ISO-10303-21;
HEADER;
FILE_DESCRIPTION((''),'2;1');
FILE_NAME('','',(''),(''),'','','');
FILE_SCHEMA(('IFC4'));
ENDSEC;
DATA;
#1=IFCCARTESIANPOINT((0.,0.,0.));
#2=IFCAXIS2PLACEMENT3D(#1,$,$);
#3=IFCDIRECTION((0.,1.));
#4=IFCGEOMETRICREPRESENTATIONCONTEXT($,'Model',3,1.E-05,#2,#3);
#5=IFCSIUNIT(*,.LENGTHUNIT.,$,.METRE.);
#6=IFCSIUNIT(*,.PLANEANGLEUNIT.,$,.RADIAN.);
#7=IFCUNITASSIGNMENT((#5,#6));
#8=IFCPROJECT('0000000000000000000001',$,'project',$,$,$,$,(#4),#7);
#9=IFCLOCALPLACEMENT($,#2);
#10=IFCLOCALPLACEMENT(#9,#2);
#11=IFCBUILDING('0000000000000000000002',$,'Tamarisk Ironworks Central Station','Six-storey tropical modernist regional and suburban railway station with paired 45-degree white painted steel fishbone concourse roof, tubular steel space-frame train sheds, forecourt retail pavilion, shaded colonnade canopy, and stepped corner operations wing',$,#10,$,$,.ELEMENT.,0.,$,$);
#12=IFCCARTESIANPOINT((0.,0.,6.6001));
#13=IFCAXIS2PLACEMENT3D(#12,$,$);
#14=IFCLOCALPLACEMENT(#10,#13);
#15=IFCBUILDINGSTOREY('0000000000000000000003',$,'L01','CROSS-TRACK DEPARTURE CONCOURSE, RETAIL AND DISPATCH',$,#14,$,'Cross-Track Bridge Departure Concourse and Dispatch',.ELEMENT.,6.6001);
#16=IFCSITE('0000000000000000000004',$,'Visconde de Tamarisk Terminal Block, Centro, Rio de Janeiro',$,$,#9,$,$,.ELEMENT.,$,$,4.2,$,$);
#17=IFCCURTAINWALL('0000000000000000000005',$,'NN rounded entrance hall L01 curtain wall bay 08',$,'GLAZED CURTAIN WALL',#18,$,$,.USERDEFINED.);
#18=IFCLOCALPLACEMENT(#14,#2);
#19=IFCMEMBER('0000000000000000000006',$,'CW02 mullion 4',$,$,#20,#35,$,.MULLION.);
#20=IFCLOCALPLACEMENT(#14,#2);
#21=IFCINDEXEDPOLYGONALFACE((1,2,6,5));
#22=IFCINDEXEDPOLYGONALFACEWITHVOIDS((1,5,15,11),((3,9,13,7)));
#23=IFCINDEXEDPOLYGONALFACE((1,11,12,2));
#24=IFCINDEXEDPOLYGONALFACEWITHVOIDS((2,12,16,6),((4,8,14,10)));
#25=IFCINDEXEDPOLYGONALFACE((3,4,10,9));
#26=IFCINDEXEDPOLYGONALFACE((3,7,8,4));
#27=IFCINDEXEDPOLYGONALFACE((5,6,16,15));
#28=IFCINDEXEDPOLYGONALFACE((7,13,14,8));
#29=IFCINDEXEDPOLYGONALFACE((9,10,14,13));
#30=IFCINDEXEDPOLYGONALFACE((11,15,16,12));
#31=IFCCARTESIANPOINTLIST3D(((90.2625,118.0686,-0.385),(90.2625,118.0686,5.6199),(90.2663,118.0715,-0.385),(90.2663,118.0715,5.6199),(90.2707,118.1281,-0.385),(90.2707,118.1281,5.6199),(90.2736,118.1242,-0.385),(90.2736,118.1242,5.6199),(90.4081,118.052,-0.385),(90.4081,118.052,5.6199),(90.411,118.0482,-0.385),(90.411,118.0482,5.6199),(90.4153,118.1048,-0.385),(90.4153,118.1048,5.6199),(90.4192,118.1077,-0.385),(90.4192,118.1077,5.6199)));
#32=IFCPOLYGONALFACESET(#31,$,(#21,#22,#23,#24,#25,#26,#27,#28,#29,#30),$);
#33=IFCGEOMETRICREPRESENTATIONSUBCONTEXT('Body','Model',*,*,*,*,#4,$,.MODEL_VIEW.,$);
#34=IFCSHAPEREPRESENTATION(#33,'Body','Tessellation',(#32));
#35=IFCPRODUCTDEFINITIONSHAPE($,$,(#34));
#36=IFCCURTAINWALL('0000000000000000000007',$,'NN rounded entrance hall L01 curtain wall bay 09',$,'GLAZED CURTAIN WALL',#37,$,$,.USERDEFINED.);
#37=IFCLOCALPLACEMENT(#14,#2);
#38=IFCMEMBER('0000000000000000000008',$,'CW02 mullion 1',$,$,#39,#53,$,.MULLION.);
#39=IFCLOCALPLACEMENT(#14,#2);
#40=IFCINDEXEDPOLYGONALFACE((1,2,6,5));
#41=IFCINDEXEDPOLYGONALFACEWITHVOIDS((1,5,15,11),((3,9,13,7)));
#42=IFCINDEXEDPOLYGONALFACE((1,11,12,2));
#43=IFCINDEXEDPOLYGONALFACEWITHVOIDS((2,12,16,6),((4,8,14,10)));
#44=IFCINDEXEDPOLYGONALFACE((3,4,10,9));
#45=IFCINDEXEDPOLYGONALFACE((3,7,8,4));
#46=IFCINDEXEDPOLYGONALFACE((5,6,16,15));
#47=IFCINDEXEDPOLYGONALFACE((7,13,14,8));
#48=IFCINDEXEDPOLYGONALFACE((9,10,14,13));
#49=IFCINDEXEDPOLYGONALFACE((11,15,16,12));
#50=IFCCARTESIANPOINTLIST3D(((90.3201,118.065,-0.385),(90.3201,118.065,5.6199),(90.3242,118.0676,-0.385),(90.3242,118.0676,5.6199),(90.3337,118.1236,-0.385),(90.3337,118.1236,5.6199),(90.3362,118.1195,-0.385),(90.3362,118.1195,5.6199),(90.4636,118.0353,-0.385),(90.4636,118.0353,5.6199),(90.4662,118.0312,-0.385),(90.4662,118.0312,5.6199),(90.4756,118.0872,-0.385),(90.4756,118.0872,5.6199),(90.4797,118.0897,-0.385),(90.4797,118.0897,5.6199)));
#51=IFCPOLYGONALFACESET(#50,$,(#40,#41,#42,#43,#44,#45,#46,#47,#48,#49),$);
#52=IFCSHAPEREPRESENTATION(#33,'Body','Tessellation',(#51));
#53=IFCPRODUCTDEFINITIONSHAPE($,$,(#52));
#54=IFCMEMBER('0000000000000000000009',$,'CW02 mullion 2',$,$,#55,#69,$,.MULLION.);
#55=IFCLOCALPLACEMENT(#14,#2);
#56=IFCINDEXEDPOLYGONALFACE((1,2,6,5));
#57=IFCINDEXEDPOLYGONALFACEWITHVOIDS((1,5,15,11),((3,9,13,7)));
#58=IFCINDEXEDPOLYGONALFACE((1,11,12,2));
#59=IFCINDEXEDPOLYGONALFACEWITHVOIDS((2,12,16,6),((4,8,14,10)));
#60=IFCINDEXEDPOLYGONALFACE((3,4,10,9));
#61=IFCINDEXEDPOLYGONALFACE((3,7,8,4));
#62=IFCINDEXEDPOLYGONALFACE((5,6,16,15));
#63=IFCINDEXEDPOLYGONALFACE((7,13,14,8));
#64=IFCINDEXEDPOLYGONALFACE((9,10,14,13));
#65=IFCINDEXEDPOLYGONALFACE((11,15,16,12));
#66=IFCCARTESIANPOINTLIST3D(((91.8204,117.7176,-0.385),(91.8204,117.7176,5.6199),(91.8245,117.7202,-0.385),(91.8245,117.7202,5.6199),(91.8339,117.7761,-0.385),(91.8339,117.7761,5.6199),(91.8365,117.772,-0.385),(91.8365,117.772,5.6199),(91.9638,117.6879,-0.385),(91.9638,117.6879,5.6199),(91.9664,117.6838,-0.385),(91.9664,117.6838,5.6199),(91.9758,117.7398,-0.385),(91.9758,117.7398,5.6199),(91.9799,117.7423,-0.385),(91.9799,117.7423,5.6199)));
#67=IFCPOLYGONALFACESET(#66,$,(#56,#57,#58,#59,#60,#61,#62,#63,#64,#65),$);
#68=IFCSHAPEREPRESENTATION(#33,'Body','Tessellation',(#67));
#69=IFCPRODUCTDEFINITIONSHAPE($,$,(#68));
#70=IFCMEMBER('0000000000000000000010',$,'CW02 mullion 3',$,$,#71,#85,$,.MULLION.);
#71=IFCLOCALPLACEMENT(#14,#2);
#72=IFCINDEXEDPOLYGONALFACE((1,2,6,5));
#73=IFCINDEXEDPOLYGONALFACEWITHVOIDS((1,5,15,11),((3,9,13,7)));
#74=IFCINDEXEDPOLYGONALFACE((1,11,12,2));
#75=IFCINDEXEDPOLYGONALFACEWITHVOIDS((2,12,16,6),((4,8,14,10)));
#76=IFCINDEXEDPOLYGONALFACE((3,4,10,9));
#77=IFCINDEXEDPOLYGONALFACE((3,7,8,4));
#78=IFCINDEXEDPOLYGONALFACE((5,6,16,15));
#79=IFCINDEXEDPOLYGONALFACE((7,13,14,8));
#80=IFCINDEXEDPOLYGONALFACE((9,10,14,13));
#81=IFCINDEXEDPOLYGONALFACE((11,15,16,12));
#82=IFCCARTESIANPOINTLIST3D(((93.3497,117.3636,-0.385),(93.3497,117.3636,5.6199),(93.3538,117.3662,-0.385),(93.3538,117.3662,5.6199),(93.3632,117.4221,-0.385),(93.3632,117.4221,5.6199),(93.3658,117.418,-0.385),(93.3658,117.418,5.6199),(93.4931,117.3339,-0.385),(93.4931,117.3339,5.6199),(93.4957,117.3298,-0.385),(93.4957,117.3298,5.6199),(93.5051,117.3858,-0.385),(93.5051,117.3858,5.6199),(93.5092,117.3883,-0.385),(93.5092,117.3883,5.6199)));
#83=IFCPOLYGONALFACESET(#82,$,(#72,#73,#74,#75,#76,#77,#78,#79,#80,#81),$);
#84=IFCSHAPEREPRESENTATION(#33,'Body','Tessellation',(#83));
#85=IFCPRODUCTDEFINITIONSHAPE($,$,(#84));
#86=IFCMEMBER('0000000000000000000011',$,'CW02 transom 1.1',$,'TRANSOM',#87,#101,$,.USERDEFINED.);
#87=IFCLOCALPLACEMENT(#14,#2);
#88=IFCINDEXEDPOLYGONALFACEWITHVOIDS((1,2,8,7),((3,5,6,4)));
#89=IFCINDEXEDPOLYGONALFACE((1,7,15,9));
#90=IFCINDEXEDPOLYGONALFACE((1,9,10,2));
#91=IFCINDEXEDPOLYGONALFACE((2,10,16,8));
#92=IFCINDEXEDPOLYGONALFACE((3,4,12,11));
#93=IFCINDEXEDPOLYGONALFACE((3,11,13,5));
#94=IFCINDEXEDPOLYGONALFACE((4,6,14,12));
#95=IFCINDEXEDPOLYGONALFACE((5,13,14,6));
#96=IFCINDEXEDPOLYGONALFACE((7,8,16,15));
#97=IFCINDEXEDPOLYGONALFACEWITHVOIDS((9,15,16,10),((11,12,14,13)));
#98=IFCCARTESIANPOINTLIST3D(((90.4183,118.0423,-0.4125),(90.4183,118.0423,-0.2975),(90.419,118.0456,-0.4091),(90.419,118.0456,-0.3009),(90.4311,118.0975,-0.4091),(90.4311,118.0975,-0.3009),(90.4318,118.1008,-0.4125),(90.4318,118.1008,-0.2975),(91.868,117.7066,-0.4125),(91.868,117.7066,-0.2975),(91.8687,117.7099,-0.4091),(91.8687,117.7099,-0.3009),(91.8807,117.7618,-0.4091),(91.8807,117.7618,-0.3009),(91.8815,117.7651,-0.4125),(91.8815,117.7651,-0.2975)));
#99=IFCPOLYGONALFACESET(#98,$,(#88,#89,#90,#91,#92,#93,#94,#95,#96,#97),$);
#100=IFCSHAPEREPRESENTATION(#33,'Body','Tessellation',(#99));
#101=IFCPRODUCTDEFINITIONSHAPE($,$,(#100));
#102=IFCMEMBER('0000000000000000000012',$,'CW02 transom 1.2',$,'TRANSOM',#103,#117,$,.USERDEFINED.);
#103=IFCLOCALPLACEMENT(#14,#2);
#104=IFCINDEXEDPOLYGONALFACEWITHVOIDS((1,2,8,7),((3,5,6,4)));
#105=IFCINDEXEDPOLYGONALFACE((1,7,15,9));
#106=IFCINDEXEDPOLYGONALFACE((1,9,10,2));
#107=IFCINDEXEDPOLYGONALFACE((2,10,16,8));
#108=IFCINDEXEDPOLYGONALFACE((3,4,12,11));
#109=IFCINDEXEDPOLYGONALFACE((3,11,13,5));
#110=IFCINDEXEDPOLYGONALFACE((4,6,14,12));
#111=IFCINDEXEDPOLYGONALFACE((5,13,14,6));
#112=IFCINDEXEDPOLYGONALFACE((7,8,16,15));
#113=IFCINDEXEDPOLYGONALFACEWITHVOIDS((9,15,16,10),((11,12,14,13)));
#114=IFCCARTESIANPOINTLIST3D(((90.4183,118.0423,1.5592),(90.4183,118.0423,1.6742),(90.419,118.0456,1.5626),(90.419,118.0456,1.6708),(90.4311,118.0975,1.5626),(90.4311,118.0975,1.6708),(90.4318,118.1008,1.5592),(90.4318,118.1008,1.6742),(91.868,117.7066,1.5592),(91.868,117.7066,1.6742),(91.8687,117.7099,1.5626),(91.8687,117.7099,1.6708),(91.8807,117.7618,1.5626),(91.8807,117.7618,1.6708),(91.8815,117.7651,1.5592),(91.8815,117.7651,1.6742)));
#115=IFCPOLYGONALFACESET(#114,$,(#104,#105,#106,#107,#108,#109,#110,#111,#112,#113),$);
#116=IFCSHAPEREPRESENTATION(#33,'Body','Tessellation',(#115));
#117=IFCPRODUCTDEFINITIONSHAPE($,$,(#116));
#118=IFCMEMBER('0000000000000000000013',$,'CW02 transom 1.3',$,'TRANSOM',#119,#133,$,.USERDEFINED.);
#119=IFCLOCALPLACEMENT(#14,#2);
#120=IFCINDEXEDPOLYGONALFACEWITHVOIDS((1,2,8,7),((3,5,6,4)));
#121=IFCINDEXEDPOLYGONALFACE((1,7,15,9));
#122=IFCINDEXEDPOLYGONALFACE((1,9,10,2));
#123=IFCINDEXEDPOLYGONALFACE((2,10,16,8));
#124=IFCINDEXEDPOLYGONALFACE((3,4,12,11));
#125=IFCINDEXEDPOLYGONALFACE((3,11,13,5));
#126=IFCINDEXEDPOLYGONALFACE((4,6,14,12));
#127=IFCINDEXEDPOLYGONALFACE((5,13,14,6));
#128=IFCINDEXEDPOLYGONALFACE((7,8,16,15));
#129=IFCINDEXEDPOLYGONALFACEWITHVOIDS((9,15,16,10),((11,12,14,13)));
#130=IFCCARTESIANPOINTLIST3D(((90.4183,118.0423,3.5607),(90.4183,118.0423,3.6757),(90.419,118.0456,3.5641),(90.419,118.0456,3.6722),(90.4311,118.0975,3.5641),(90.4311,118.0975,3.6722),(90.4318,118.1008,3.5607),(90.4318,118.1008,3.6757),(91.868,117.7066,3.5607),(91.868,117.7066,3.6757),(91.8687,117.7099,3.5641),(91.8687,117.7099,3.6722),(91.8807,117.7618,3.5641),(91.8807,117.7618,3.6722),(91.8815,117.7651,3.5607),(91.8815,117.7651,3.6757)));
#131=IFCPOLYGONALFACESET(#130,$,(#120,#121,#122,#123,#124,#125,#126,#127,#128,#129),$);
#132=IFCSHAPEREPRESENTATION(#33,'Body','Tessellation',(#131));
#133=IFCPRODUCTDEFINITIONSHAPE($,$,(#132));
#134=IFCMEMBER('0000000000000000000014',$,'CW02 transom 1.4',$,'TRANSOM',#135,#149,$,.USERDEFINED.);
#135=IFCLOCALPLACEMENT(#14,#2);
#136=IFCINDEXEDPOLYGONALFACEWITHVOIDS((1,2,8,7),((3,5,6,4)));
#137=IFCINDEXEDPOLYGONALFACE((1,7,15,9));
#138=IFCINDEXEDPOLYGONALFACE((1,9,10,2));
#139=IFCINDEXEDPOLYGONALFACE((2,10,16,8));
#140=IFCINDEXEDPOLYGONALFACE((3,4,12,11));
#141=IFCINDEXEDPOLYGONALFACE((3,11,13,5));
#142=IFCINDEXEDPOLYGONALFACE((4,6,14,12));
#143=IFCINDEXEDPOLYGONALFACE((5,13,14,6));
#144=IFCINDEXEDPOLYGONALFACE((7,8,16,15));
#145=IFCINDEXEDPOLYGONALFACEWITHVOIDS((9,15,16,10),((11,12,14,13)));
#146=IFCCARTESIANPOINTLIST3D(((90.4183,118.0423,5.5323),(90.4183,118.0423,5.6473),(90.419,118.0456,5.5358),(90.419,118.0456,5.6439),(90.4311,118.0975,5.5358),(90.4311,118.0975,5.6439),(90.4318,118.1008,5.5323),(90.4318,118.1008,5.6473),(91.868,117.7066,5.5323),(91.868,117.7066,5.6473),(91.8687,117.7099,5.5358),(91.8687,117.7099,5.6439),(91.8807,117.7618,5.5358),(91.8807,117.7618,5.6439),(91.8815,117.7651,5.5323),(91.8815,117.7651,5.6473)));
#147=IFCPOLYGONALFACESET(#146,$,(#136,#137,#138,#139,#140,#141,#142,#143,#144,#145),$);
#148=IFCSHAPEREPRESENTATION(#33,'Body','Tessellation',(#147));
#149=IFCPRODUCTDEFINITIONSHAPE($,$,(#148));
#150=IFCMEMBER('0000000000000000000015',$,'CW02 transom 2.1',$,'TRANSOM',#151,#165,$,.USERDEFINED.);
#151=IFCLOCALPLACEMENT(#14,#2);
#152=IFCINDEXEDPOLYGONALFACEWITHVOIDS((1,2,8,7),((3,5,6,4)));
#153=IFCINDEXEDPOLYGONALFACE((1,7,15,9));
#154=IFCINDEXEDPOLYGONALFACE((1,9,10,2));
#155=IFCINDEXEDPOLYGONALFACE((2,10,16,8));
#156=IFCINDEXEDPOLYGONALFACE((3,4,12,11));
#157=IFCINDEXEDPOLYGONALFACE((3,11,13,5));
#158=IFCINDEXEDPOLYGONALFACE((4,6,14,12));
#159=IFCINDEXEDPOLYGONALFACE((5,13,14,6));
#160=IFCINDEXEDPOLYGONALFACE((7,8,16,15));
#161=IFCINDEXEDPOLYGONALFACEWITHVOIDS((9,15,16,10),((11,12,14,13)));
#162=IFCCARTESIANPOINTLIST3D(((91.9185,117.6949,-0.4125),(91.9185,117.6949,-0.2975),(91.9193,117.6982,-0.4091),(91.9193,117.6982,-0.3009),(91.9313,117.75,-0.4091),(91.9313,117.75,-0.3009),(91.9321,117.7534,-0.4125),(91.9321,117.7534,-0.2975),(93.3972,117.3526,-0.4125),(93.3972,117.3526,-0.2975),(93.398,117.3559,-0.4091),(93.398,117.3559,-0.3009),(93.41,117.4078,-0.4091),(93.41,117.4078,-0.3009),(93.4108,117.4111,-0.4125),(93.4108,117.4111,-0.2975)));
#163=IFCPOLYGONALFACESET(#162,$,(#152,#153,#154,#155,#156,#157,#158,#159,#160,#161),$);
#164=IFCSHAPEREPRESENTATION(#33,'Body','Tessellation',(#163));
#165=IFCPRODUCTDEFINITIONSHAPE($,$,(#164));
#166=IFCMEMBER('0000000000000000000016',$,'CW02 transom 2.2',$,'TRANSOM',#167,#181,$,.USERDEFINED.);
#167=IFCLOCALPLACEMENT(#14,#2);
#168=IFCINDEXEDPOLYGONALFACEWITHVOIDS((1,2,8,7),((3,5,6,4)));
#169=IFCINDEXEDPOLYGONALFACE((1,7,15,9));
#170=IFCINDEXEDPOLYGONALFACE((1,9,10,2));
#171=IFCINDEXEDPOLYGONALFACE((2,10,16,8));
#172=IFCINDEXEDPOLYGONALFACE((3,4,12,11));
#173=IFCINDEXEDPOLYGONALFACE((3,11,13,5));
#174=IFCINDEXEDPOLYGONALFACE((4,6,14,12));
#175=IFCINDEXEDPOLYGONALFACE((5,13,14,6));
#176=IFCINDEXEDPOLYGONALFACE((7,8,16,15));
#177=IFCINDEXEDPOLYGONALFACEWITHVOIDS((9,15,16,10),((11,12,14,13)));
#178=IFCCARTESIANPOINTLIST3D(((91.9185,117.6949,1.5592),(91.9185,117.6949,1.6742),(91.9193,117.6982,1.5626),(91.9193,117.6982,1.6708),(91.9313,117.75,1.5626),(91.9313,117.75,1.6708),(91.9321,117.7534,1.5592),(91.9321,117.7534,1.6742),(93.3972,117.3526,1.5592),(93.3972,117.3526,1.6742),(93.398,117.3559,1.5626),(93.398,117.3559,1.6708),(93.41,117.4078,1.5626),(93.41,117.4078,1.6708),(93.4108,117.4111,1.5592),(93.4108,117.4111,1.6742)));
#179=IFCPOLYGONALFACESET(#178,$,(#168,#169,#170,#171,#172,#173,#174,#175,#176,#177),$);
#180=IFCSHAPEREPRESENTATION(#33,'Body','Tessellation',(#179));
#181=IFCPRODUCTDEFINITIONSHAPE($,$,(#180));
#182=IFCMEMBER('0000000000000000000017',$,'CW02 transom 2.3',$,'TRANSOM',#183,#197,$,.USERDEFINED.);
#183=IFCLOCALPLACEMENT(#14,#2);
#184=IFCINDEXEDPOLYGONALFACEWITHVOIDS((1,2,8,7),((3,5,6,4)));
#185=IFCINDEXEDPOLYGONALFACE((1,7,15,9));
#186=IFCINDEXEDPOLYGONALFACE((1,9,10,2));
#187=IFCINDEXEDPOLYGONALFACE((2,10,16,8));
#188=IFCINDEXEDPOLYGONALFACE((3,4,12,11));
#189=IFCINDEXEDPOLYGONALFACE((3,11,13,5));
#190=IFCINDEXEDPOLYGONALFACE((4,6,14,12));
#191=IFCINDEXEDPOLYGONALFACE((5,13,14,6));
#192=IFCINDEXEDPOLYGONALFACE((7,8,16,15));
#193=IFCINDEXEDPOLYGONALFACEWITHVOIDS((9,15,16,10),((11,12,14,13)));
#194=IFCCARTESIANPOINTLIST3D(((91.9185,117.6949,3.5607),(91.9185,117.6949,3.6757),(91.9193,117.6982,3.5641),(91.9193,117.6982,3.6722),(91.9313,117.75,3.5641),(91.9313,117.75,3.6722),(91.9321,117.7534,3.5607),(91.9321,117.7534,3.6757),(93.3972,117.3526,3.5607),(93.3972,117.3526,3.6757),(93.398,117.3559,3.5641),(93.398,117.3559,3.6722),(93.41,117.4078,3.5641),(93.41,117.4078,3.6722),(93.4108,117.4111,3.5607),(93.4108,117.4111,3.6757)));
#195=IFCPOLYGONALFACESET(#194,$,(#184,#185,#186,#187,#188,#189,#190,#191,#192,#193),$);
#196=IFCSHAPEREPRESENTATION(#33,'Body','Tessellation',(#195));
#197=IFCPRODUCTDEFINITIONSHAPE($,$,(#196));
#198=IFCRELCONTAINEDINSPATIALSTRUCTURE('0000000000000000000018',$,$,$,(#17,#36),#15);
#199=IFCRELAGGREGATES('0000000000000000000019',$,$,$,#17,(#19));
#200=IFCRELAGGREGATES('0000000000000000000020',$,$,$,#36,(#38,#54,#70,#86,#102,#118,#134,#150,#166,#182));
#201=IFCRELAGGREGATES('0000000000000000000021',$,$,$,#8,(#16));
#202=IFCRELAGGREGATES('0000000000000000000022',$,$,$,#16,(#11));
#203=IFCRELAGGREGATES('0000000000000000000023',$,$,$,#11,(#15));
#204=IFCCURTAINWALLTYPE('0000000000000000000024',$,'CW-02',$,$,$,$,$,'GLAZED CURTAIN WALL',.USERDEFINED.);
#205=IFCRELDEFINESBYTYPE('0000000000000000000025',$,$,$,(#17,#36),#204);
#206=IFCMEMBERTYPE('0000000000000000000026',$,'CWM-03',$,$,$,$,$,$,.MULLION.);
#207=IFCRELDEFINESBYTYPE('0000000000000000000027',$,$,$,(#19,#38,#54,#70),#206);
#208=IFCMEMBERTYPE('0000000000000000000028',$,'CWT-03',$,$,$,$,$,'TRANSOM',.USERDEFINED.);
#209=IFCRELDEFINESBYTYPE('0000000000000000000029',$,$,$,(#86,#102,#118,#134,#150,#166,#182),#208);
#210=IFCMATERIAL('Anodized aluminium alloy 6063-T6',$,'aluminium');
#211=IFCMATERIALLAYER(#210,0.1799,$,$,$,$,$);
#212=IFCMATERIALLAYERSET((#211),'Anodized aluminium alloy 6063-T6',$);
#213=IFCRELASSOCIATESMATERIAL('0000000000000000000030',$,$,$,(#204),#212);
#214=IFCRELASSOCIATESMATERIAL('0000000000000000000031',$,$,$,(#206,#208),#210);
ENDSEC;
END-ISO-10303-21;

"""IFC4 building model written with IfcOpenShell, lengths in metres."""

from ifc_helpers import new_model, si_unit, direction, frame, origin, origin_2d, place, context, subcontext, project, spatial, hollow_rectangle, extrude, material, layer, layer_set, material_profile, profile_set, type_object, element, aggregate, save


model = new_model("IFC4")

# Units and contexts
model_context = context("Model", 3, precision=1e-05, world=origin(), true_north=direction((0.0, 1.0)))
body_context = subcontext(model_context, "Body", "Model", "MODEL_VIEW")
ifc_project = project(units=[si_unit("LENGTHUNIT", "METRE"), si_unit("PLANEANGLEUNIT", "RADIAN")], contexts=[model_context])

# Site, building, storey
site_placement = place(None, origin())
site = spatial("IfcSite", under=ifc_project, at=site_placement, Name="Visconde de Tamarisk Terminal Block, Centro, Rio de Janeiro", CompositionType="ELEMENT", RefElevation=4.2)
building_placement = place(site_placement, origin())
building = spatial("IfcBuilding", under=site, at=building_placement, Name="Tamarisk Ironworks Central Station", Description="Six-storey tropical modernist regional and suburban railway station with paired 45-degree white painted steel fishbone concourse roof, tubular steel space-frame train sheds, forecourt retail pavilion, shaded colonnade canopy, and stepped corner operations wing", CompositionType="ELEMENT", ElevationOfRefHeight=0.0)
storey_placement = place(building_placement, frame((0.0, 0.0, 6.6001)))
storey = spatial("IfcBuildingStorey", under=building, at=storey_placement, Name="L01", Description="CROSS-TRACK DEPARTURE CONCOURSE, RETAIL AND DISPATCH", LongName="Cross-Track Bridge Departure Concourse and Dispatch", CompositionType="ELEMENT", Elevation=6.6001)

# Curtain wall, member
ifc_material_1 = material(Name="Anodized aluminium alloy 6063-T6", Category="aluminium")
ifc_layer_1 = layer(ifc_material_1, 0.1799)
ifc_layer_set_1 = layer_set([ifc_layer_1], Name="Anodized aluminium alloy 6063-T6")
curtain_wall_type = type_object("IfcCurtainWallType", Name="CW-02", ElementType="GLAZED CURTAIN WALL", PredefinedType="USERDEFINED", material=ifc_layer_set_1)
curtain_wall_1_placement = place(storey_placement, origin())
curtain_wall_1 = element("IfcCurtainWall", 1, at=curtain_wall_1_placement, inside=storey, type_object=curtain_wall_type, Name="NN rounded entrance hall L01 curtain wall bay 08", ObjectType="GLAZED CURTAIN WALL", PredefinedType="USERDEFINED")
ifc_material_profile_1 = material_profile(ifc_material_1, hollow_rectangle(XDim=0.0601, YDim=0.1499, WallThickness=0.0034, at=origin_2d()), Name="ALUM 150x60")
ifc_profile_set_1 = profile_set([ifc_material_profile_1], Name="Anodized aluminium alloy 6063-T6")
member_type_1 = type_object("IfcMemberType", Name="CWM-03", PredefinedType="MULLION", material=ifc_profile_set_1)
member_1_placement = place(storey_placement, frame((90.3408, 118.0881, -0.385), z_axis=(0.0, 0.0, 1.0), x_axis=(0.136042, 0.990703, 0.0)))
member_1 = element("IfcMember", 2, at=member_1_placement, type_object=member_type_1, Name="CW02 mullion 4", PredefinedType="MULLION", context=body_context, shape_type="SweptSolid", body=[
    extrude(hollow_rectangle(XDim=0.0601, YDim=0.1499, WallThickness=0.0034, at=origin_2d()), origin(), (0.0, 0.0, 1.0), 6.0049),
])

# Curtain wall, members
curtain_wall_2_placement = place(storey_placement, origin())
curtain_wall_2 = element("IfcCurtainWall", 3, at=curtain_wall_2_placement, inside=storey, type_object=curtain_wall_type, Name="NN rounded entrance hall L01 curtain wall bay 09", ObjectType="GLAZED CURTAIN WALL", PredefinedType="USERDEFINED")
member_2_placement = place(storey_placement, frame((90.3999, 118.0774, -0.385), z_axis=(0.0, 0.0, 1.0), x_axis=(0.225517, 0.974239, 0.0)))
member_2 = element("IfcMember", 4, at=member_2_placement, type_object=member_type_1, Name="CW02 mullion 1", PredefinedType="MULLION", context=body_context, shape_type="SweptSolid", body=[
    extrude(hollow_rectangle(XDim=0.0601, YDim=0.1499, WallThickness=0.0034, at=origin_2d()), origin(), (0.0, 0.0, 1.0), 6.0049),
])
member_3_placement = place(storey_placement, frame((91.9001, 117.73, -0.385), z_axis=(0.0, 0.0, 1.0), x_axis=(0.225517, 0.974239, 0.0)))
member_3 = element("IfcMember", 5, at=member_3_placement, type_object=member_type_1, Name="CW02 mullion 2", PredefinedType="MULLION", context=body_context, shape_type="SweptSolid", body=[
    extrude(hollow_rectangle(XDim=0.0601, YDim=0.1499, WallThickness=0.0034, at=origin_2d()), origin(), (0.0, 0.0, 1.0), 6.0049),
])
member_4_placement = place(storey_placement, frame((93.4294, 117.376, -0.385), z_axis=(0.0, 0.0, 1.0), x_axis=(0.225517, 0.974239, 0.0)))
member_4 = element("IfcMember", 6, at=member_4_placement, type_object=member_type_1, Name="CW02 mullion 3", PredefinedType="MULLION", context=body_context, shape_type="SweptSolid", body=[
    extrude(hollow_rectangle(XDim=0.0601, YDim=0.1499, WallThickness=0.0034, at=origin_2d()), origin(), (0.0, 0.0, 1.0), 6.0049),
])
ifc_material_profile_2 = material_profile(ifc_material_1, hollow_rectangle(XDim=0.0601, YDim=0.115, WallThickness=0.0034, at=origin_2d()), Name="ALUM 115x60")
ifc_profile_set_2 = profile_set([ifc_material_profile_2], Name="Anodized aluminium alloy 6063-T6")
member_type_2 = type_object("IfcMemberType", Name="CWT-03", ElementType="TRANSOM", PredefinedType="USERDEFINED", material=ifc_profile_set_2)
member_5_placement = place(storey_placement, frame((90.425, 118.0715, -0.355), z_axis=(0.974222, -0.22559, 0.0), x_axis=(0.22559, 0.974222, 0.0)))
member_5 = element("IfcMember", 7, at=member_5_placement, type_object=member_type_2, Name="CW02 transom 1.1", ObjectType="TRANSOM", PredefinedType="USERDEFINED", context=body_context, shape_type="SweptSolid", body=[
    extrude(hollow_rectangle(XDim=0.0601, YDim=0.115, WallThickness=0.0034, at=origin_2d()), origin(), (0.0, 0.0, 1.0), 1.488),
])
member_6_placement = place(storey_placement, frame((90.425, 118.0715, 1.6167), z_axis=(0.974222, -0.22559, 0.0), x_axis=(0.22559, 0.974222, 0.0)))
member_6 = element("IfcMember", 8, at=member_6_placement, type_object=member_type_2, Name="CW02 transom 1.2", ObjectType="TRANSOM", PredefinedType="USERDEFINED", context=body_context, shape_type="SweptSolid", body=[
    extrude(hollow_rectangle(XDim=0.0601, YDim=0.115, WallThickness=0.0034, at=origin_2d()), origin(), (0.0, 0.0, 1.0), 1.488),
])
member_7_placement = place(storey_placement, frame((90.425, 118.0715, 3.6182), z_axis=(0.974222, -0.22559, 0.0), x_axis=(0.22559, 0.974222, 0.0)))
member_7 = element("IfcMember", 9, at=member_7_placement, type_object=member_type_2, Name="CW02 transom 1.3", ObjectType="TRANSOM", PredefinedType="USERDEFINED", context=body_context, shape_type="SweptSolid", body=[
    extrude(hollow_rectangle(XDim=0.0601, YDim=0.115, WallThickness=0.0034, at=origin_2d()), origin(), (0.0, 0.0, 1.0), 1.488),
])
member_8_placement = place(storey_placement, frame((90.425, 118.0715, 5.5898), z_axis=(0.974222, -0.22559, 0.0), x_axis=(0.22559, 0.974222, 0.0)))
member_8 = element("IfcMember", 10, at=member_8_placement, type_object=member_type_2, Name="CW02 transom 1.4", ObjectType="TRANSOM", PredefinedType="USERDEFINED", context=body_context, shape_type="SweptSolid", body=[
    extrude(hollow_rectangle(XDim=0.0601, YDim=0.115, WallThickness=0.0034, at=origin_2d()), origin(), (0.0, 0.0, 1.0), 1.488),
])
member_9_placement = place(storey_placement, frame((91.9253, 117.7241, -0.355), z_axis=(0.974242, -0.225506, 0.0), x_axis=(0.225506, 0.974242, 0.0)))
member_9 = element("IfcMember", 11, at=member_9_placement, type_object=member_type_2, Name="CW02 transom 2.1", ObjectType="TRANSOM", PredefinedType="USERDEFINED", context=body_context, shape_type="SweptSolid", body=[
    extrude(hollow_rectangle(XDim=0.0601, YDim=0.115, WallThickness=0.0034, at=origin_2d()), origin(), (0.0, 0.0, 1.0), 1.5178),
])
member_10_placement = place(storey_placement, frame((91.9253, 117.7241, 1.6167), z_axis=(0.974242, -0.225506, 0.0), x_axis=(0.225506, 0.974242, 0.0)))
member_10 = element("IfcMember", 12, at=member_10_placement, type_object=member_type_2, Name="CW02 transom 2.2", ObjectType="TRANSOM", PredefinedType="USERDEFINED", context=body_context, shape_type="SweptSolid", body=[
    extrude(hollow_rectangle(XDim=0.0601, YDim=0.115, WallThickness=0.0034, at=origin_2d()), origin(), (0.0, 0.0, 1.0), 1.5178),
])
member_11_placement = place(storey_placement, frame((91.9253, 117.7241, 3.6182), z_axis=(0.974242, -0.225506, 0.0), x_axis=(0.225506, 0.974242, 0.0)))
member_11 = element("IfcMember", 13, at=member_11_placement, type_object=member_type_2, Name="CW02 transom 2.3", ObjectType="TRANSOM", PredefinedType="USERDEFINED", context=body_context, shape_type="SweptSolid", body=[
    extrude(hollow_rectangle(XDim=0.0601, YDim=0.115, WallThickness=0.0034, at=origin_2d()), origin(), (0.0, 0.0, 1.0), 1.5178),
])

aggregate(curtain_wall_1, [member_1])
aggregate(curtain_wall_2, [member_2, member_3, member_4, member_5, member_6, member_7, member_8, member_9, member_10, member_11])

save(model, "model.ifc")
